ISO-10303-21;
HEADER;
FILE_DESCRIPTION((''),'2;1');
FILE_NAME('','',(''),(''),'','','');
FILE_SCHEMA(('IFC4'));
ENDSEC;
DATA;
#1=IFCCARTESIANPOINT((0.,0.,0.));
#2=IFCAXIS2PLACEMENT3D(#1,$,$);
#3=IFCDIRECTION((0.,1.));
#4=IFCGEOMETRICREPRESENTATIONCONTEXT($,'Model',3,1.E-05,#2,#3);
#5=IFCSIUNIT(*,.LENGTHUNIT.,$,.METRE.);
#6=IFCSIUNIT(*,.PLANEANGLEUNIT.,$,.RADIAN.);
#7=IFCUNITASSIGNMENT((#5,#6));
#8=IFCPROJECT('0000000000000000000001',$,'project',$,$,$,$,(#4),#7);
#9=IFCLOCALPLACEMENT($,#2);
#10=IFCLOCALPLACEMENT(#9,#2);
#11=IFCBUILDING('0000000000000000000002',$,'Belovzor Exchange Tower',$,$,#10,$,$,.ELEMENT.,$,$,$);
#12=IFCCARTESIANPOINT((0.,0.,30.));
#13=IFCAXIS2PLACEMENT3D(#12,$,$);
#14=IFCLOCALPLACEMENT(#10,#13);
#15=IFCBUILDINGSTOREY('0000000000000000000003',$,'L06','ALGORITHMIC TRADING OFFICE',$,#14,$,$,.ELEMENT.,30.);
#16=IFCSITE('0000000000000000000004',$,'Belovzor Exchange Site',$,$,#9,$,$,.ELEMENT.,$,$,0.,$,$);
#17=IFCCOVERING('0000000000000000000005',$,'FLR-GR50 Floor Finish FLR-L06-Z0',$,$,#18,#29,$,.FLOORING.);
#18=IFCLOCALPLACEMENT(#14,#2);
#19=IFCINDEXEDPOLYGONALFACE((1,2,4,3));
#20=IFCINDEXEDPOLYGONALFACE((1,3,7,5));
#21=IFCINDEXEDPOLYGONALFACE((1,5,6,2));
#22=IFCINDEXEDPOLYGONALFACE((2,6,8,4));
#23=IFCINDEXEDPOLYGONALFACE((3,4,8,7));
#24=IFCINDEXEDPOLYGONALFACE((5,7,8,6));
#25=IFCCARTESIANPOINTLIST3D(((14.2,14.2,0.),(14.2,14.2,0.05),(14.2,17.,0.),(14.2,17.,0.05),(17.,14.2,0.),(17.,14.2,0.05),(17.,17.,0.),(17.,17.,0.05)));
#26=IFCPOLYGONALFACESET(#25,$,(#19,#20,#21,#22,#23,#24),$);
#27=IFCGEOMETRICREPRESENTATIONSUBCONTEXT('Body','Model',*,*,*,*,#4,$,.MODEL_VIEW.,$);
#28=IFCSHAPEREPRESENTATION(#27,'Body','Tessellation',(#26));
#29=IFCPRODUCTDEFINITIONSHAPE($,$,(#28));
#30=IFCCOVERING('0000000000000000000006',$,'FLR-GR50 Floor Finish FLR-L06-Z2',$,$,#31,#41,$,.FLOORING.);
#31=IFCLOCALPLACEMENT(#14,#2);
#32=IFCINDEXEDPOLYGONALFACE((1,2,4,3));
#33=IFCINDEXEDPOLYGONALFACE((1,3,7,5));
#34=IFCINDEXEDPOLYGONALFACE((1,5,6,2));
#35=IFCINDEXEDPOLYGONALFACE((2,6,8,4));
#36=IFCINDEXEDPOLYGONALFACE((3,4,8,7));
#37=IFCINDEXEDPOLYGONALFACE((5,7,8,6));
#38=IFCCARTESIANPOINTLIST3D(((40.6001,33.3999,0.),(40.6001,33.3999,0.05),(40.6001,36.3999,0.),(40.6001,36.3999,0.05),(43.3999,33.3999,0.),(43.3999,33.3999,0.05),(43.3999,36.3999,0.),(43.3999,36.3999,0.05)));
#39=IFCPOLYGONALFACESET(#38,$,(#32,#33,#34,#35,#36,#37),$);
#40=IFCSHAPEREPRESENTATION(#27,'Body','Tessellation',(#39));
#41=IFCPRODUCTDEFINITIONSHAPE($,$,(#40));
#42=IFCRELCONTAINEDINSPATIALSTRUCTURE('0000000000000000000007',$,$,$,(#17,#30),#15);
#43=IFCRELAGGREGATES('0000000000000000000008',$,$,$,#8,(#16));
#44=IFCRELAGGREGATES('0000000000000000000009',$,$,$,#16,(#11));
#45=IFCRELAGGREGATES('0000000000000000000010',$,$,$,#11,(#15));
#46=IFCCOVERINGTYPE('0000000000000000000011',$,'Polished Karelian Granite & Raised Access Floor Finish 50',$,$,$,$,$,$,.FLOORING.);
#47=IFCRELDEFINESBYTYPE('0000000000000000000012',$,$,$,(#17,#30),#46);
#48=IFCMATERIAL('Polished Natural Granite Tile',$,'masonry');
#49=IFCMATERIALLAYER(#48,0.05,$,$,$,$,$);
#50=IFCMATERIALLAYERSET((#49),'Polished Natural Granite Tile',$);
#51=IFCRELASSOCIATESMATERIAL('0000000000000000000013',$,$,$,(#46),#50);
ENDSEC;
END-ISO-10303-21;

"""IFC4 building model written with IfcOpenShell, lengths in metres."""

from ifc_helpers import new_model, si_unit, direction, frame, origin, place, context, subcontext, project, spatial, polyline, outline, extrude, material, layer, layer_set, type_object, element, save


model = new_model("IFC4")

# Units and contexts
model_context = context("Model", 3, precision=1e-05, world=origin(), true_north=direction((0.0, 1.0)))
body_context = subcontext(model_context, "Body", "Model", "MODEL_VIEW")
ifc_project = project(units=[si_unit("LENGTHUNIT", "METRE"), si_unit("PLANEANGLEUNIT", "RADIAN")], contexts=[model_context])

# Site, building, storey
site_placement = place(None, origin())
site = spatial("IfcSite", under=ifc_project, at=site_placement, Name="Belovzor Exchange Site", CompositionType="ELEMENT", RefElevation=0.0)
building_placement = place(site_placement, origin())
building = spatial("IfcBuilding", under=site, at=building_placement, Name="Belovzor Exchange Tower", CompositionType="ELEMENT")
storey_placement = place(building_placement, frame((0.0, 0.0, 30.0)))
storey = spatial("IfcBuildingStorey", under=building, at=storey_placement, Name="L06", Description="ALGORITHMIC TRADING OFFICE", CompositionType="ELEMENT", Elevation=30.0)

# Coverings
ifc_material_1 = material(Name="Polished Natural Granite Tile", Category="masonry")
ifc_layer_1 = layer(ifc_material_1, 0.05)
ifc_layer_set_1 = layer_set([ifc_layer_1], Name="Polished Natural Granite Tile")
covering_type_1 = type_object("IfcCoveringType", Name="Polished Karelian Granite & Raised Access Floor Finish 50", PredefinedType="FLOORING", material=ifc_layer_set_1)
covering_1_placement = place(storey_placement, origin())
element("IfcCovering", 1, at=covering_1_placement, inside=storey, type_object=covering_type_1, Name="FLR-GR50 Floor Finish FLR-L06-Z0", PredefinedType="FLOORING", context=body_context, shape_type="SweptSolid", body=[
    extrude(outline(polyline([(14.2, 14.2), (17.0, 14.2), (17.0, 17.0), (14.2, 17.0), (14.2, 14.2)])), origin(), (0.0, 0.0, 1.0), 0.05),
])
covering_2_placement = place(storey_placement, origin())
element("IfcCovering", 2, at=covering_2_placement, inside=storey, type_object=covering_type_1, Name="FLR-GR50 Floor Finish FLR-L06-Z2", PredefinedType="FLOORING", context=body_context, shape_type="SweptSolid", body=[
    extrude(outline(polyline([(40.6001, 33.3999), (43.3999, 33.3999), (43.3999, 36.3999), (40.6001, 36.3999), (40.6001, 33.3999)])), origin(), (0.0, 0.0, 1.0), 0.05),
])

save(model, "model.ifc")
